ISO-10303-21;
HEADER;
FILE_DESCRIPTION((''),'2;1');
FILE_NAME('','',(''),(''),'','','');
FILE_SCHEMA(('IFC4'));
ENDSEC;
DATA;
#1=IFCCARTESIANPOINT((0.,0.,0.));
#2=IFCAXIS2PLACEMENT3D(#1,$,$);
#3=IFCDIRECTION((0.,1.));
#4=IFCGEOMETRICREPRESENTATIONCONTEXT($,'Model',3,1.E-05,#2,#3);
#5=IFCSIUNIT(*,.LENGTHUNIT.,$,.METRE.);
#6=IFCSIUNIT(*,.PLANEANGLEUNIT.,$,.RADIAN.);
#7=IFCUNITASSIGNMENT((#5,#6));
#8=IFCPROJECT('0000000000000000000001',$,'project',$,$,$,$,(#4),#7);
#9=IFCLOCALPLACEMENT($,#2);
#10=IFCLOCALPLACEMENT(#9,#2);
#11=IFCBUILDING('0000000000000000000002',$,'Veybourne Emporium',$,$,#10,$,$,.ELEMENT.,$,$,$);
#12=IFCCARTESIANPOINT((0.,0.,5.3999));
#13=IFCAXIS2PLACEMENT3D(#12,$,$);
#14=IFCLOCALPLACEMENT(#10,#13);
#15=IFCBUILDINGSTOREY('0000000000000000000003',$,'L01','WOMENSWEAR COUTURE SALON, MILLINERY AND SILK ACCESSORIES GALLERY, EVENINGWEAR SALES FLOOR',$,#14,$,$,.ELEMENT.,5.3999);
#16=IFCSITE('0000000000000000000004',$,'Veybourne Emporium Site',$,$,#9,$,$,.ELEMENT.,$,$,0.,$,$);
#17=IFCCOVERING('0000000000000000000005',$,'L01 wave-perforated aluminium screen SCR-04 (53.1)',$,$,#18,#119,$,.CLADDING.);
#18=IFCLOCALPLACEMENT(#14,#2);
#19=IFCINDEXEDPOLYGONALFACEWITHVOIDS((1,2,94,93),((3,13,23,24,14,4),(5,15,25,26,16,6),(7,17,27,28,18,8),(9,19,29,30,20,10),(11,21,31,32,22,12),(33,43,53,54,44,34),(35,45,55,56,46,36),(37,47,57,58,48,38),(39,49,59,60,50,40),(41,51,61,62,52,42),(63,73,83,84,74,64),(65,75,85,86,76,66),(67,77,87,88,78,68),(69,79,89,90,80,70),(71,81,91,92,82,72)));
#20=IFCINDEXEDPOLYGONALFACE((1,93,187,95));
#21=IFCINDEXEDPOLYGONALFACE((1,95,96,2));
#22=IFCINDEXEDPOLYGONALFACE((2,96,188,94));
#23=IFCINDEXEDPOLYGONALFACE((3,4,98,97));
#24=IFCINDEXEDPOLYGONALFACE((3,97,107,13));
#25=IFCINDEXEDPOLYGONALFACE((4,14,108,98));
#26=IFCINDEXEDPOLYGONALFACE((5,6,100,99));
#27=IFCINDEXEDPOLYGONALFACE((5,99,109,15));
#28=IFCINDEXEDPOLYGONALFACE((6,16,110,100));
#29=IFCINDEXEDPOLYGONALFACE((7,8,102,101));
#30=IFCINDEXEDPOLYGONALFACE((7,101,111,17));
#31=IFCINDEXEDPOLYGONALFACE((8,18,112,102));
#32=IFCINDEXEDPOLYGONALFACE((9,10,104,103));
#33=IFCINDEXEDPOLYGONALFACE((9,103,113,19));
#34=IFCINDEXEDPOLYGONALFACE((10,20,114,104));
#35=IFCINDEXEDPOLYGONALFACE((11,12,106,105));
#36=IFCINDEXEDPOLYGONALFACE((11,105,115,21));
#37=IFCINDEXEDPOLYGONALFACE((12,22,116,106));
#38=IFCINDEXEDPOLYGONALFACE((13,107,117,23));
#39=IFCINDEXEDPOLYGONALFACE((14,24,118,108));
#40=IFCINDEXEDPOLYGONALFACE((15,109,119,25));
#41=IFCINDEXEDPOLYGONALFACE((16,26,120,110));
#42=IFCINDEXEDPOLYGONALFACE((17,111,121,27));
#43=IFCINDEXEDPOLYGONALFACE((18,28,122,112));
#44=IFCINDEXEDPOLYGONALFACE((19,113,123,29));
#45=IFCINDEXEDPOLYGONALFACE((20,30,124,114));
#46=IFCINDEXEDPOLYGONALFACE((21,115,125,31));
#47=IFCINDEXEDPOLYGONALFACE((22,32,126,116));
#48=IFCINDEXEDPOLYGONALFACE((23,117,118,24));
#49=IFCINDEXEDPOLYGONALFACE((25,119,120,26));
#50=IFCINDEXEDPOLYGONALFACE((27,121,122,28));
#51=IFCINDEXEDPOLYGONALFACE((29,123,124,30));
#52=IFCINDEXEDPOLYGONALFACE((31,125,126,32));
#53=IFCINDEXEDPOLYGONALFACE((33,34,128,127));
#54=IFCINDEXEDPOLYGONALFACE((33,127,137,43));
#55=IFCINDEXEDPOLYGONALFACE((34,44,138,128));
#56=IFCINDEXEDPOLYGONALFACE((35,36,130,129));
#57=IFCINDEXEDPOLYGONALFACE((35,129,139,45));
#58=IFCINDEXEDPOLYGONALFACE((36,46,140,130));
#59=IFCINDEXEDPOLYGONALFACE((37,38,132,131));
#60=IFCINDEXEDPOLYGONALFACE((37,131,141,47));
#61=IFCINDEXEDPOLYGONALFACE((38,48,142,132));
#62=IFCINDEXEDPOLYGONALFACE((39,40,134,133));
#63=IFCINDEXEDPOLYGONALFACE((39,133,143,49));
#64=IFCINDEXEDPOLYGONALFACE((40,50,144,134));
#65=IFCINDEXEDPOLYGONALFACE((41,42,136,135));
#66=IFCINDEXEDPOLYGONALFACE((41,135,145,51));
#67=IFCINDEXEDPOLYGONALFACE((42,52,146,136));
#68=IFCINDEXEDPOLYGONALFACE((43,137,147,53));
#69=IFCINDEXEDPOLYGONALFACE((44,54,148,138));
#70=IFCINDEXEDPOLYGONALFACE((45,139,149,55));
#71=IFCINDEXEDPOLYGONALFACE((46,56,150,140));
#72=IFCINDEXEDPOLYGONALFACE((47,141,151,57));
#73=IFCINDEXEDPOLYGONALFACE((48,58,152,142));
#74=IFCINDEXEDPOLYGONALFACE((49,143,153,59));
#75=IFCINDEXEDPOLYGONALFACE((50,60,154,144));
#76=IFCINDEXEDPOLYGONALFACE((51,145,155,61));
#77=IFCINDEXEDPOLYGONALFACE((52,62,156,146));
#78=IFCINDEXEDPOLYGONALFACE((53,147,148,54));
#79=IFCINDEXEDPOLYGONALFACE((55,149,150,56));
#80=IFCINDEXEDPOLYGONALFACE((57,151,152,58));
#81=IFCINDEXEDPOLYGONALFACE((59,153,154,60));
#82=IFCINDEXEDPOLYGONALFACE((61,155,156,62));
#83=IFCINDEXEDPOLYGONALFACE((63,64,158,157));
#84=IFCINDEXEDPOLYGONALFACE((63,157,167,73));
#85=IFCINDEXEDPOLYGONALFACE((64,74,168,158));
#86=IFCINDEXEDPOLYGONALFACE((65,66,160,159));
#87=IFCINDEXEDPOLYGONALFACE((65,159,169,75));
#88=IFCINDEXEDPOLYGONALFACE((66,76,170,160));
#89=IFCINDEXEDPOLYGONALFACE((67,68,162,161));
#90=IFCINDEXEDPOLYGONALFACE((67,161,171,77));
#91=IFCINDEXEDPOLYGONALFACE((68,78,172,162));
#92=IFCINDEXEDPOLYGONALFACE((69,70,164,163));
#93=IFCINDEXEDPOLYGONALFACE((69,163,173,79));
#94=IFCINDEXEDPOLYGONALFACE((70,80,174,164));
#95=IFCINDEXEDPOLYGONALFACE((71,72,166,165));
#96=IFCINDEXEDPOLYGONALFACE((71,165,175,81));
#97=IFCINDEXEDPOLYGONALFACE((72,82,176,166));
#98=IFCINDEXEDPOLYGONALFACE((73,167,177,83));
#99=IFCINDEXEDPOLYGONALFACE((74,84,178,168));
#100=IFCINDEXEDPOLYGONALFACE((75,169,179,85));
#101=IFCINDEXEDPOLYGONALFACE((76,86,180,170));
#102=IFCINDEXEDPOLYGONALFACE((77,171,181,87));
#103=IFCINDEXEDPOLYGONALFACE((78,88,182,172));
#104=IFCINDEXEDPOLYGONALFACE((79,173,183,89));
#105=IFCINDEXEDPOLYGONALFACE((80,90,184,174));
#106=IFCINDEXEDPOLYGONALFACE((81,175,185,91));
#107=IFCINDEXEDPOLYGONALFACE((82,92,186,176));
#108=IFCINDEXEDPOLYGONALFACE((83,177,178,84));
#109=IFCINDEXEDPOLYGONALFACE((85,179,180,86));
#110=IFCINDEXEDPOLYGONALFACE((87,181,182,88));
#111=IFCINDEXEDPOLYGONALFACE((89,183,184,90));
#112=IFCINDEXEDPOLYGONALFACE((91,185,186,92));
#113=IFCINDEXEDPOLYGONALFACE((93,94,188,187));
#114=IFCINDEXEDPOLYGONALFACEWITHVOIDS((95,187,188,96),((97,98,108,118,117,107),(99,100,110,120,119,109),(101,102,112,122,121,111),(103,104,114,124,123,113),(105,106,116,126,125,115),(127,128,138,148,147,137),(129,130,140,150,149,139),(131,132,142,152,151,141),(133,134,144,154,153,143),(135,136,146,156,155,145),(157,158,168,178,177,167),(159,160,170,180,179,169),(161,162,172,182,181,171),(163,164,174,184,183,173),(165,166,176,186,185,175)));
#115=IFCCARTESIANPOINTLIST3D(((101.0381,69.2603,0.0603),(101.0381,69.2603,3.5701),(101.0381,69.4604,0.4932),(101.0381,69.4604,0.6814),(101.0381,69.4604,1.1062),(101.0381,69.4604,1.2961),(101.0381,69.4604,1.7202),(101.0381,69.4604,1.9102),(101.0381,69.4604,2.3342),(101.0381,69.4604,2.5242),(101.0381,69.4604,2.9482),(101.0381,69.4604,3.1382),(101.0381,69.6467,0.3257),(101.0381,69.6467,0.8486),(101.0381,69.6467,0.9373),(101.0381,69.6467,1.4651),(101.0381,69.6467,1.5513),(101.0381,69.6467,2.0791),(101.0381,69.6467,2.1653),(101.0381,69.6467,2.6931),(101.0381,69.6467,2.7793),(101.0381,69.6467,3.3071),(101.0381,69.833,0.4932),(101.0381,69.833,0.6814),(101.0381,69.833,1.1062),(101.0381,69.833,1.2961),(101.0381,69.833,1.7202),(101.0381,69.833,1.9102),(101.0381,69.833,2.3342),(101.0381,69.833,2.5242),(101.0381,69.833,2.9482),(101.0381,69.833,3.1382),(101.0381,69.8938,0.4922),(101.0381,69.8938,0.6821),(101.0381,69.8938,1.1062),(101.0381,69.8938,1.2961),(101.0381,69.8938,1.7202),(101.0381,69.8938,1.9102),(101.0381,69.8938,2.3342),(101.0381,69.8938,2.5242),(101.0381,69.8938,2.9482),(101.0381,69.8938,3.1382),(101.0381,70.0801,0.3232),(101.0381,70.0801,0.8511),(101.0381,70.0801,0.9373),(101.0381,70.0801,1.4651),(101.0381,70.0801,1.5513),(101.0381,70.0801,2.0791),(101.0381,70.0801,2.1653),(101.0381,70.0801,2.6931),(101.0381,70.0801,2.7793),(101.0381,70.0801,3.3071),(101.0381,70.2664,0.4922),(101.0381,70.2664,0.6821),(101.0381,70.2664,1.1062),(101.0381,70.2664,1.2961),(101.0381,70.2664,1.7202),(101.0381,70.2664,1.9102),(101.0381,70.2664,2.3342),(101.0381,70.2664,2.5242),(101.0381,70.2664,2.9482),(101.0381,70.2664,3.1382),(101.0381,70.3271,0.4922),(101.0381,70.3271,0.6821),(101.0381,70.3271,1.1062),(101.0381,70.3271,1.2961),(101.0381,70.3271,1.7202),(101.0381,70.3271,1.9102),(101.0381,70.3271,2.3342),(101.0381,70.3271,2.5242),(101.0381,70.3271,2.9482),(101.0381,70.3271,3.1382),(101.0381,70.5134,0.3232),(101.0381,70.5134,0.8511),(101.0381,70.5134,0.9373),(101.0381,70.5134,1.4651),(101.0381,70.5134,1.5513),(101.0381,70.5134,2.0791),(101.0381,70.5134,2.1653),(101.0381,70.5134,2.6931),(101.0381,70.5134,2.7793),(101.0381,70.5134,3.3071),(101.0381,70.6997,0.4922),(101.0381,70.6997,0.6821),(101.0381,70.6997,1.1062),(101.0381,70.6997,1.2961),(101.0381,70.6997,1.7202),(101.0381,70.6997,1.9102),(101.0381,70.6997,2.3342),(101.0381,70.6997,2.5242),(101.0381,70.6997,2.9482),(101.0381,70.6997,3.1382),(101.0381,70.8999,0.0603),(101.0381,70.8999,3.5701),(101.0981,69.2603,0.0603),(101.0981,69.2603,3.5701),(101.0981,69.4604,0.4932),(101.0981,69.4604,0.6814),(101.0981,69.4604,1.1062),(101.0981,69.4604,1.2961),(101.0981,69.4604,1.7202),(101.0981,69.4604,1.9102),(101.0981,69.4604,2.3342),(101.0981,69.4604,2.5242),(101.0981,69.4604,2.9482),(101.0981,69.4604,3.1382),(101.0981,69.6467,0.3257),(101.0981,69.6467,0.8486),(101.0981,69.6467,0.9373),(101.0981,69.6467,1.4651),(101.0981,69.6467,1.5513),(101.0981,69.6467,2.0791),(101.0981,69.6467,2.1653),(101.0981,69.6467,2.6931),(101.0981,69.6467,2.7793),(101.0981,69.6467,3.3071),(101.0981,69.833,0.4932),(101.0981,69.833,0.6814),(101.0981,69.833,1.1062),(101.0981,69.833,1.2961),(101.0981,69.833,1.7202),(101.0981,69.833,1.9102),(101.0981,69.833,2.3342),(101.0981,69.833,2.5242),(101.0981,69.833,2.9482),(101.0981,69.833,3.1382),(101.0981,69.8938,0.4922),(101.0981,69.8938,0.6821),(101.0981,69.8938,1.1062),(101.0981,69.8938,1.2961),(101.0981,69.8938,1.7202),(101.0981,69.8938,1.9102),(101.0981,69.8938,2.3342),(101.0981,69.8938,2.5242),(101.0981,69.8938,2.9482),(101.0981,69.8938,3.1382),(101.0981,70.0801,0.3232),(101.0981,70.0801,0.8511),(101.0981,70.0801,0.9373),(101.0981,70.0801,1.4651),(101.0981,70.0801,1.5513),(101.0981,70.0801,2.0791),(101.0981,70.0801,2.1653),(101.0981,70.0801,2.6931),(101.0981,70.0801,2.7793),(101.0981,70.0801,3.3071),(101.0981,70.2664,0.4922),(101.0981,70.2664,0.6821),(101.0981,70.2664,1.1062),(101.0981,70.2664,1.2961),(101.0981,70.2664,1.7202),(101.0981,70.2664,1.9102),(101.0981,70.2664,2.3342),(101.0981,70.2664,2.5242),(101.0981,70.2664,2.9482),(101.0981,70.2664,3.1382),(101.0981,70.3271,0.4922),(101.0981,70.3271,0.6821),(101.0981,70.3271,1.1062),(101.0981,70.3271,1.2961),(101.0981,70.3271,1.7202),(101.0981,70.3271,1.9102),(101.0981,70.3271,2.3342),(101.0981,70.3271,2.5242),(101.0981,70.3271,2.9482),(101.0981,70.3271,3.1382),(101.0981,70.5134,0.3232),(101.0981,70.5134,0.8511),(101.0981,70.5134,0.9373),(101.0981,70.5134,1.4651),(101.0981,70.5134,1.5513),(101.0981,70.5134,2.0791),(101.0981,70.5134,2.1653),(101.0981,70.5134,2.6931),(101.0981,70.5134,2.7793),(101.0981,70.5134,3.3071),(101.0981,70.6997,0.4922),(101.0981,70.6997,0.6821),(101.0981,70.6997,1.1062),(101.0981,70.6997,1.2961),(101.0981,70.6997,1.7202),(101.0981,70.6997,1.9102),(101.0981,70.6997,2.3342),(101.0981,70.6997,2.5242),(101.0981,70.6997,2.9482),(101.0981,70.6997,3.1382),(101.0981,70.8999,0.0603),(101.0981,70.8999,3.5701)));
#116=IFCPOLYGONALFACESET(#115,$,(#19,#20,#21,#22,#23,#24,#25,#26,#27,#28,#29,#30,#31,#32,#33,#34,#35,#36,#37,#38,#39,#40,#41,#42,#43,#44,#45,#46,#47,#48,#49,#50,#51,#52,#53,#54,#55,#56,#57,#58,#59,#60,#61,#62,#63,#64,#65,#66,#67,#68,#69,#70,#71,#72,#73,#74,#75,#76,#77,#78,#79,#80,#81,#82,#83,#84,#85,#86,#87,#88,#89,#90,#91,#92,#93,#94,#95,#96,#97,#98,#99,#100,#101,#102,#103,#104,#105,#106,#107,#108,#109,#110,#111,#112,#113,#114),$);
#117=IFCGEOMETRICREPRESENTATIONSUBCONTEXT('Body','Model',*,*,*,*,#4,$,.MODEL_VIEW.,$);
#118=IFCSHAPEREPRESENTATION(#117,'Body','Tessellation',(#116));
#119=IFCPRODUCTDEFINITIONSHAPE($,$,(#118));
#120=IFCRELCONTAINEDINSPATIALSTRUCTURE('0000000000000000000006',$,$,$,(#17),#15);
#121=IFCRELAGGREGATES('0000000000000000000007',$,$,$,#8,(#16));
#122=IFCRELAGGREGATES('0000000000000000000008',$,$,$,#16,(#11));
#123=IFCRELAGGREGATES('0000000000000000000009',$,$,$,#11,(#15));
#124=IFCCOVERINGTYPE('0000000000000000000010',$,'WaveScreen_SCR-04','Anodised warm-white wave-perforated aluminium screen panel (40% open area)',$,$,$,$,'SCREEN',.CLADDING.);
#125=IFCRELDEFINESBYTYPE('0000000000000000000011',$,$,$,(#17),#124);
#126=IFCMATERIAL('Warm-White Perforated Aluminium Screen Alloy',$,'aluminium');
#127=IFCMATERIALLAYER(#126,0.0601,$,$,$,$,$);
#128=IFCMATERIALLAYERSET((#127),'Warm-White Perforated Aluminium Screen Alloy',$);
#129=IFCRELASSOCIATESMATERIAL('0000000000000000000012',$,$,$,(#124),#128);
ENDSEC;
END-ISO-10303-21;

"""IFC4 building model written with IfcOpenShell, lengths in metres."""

from ifc_helpers import new_model, si_unit, direction, frame, origin, place, context, subcontext, project, spatial, polyline, outline, extrude, material, layer, layer_set, type_object, element, save


model = new_model("IFC4")

# Units and contexts
model_context = context("Model", 3, precision=1e-05, world=origin(), true_north=direction((0.0, 1.0)))
body_context = subcontext(model_context, "Body", "Model", "MODEL_VIEW")
ifc_project = project(units=[si_unit("LENGTHUNIT", "METRE"), si_unit("PLANEANGLEUNIT", "RADIAN")], contexts=[model_context])

# Site, building, storey
site_placement = place(None, origin())
site = spatial("IfcSite", under=ifc_project, at=site_placement, Name="Veybourne Emporium Site", CompositionType="ELEMENT", RefElevation=0.0)
building_placement = place(site_placement, origin())
building = spatial("IfcBuilding", under=site, at=building_placement, Name="Veybourne Emporium", CompositionType="ELEMENT")
storey_placement = place(building_placement, frame((0.0, 0.0, 5.3999)))
storey = spatial("IfcBuildingStorey", under=building, at=storey_placement, Name="L01", Description="WOMENSWEAR COUTURE SALON, MILLINERY AND SILK ACCESSORIES GALLERY, EVENINGWEAR SALES FLOOR", CompositionType="ELEMENT", Elevation=5.3999)

# Covering
ifc_material_1 = material(Name="Warm-White Perforated Aluminium Screen Alloy", Category="aluminium")
ifc_layer_1 = layer(ifc_material_1, 0.0601)
ifc_layer_set_1 = layer_set([ifc_layer_1], Name="Warm-White Perforated Aluminium Screen Alloy")
covering_type_1 = type_object("IfcCoveringType", Name="WaveScreen_SCR-04", Description="Anodised warm-white wave-perforated aluminium screen panel (40% open area)", ElementType="SCREEN", PredefinedType="CLADDING", material=ifc_layer_set_1)
covering_1_placement = place(storey_placement, frame((101.0981, 70.0801, 1.8152), z_axis=(-1.0, 0.0, 0.0), x_axis=(0.0, -1.0, 0.0)))
element("IfcCovering", 1, at=covering_1_placement, inside=storey, type_object=covering_type_1, Name="L01 wave-perforated aluminium screen SCR-04 (53.1)", PredefinedType="CLADDING", context=body_context, shape_type="SweptSolid", body=[
    extrude(outline(polyline([(-0.8198, -1.7549), (0.8198, -1.7549), (0.8198, 1.7549), (-0.8198, 1.7549), (-0.8198, -1.7549)]), holes=[polyline([(-0.4333, -0.9641), (-0.2471, -1.1331), (-0.2471, -1.323), (-0.4333, -1.4919), (-0.6196, -1.323), (-0.6196, -1.1331), (-0.4333, -0.9641)]), polyline([(-0.4333, -0.3501), (-0.2471, -0.519), (-0.2471, -0.709), (-0.4333, -0.8779), (-0.6196, -0.709), (-0.6196, -0.519), (-0.4333, -0.3501)]), polyline([(-0.4333, 0.2639), (-0.2471, 0.095), (-0.2471, -0.095), (-0.4333, -0.2639), (-0.6196, -0.095), (-0.6196, 0.095), (-0.4333, 0.2639)]), polyline([(-0.4333, 0.8779), (-0.2471, 0.709), (-0.2471, 0.519), (-0.4333, 0.3501), (-0.6196, 0.519), (-0.6196, 0.709), (-0.4333, 0.8779)]), polyline([(-0.4333, 1.4919), (-0.2471, 1.323), (-0.2471, 1.1331), (-0.4333, 0.9641), (-0.6196, 1.1331), (-0.6196, 1.323), (-0.4333, 1.4919)]), polyline([(0.0, -0.9641), (0.1863, -1.1331), (0.1863, -1.323), (0.0, -1.4919), (-0.1863, -1.323), (-0.1863, -1.1331), (0.0, -0.9641)]), polyline([(0.0, -0.3501), (0.1863, -0.519), (0.1863, -0.709), (0.0, -0.8779), (-0.1863, -0.709), (-0.1863, -0.519), (0.0, -0.3501)]), polyline([(0.0, 0.2639), (0.1863, 0.095), (0.1863, -0.095), (0.0, -0.2639), (-0.1863, -0.095), (-0.1863, 0.095), (0.0, 0.2639)]), polyline([(0.0, 0.8779), (0.1863, 0.709), (0.1863, 0.519), (0.0, 0.3501), (-0.1863, 0.519), (-0.1863, 0.709), (0.0, 0.8779)]), polyline([(0.0, 1.4919), (0.1863, 1.323), (0.1863, 1.1331), (0.0, 0.9641), (-0.1863, 1.1331), (-0.1863, 1.323), (0.0, 1.4919)]), polyline([(0.4333, -0.9666), (0.6196, -1.1338), (0.6196, -1.322), (0.4333, -1.4895), (0.2471, -1.322), (0.2471, -1.1338), (0.4333, -0.9666)]), polyline([(0.4333, -0.3501), (0.6196, -0.519), (0.6196, -0.709), (0.4333, -0.8779), (0.2471, -0.709), (0.2471, -0.519), (0.4333, -0.3501)]), polyline([(0.4333, 0.2639), (0.6196, 0.095), (0.6196, -0.095), (0.4333, -0.2639), (0.2471, -0.095), (0.2471, 0.095), (0.4333, 0.2639)]), polyline([(0.4333, 0.8779), (0.6196, 0.709), (0.6196, 0.519), (0.4333, 0.3501), (0.2471, 0.519), (0.2471, 0.709), (0.4333, 0.8779)]), polyline([(0.4333, 1.4919), (0.6196, 1.323), (0.6196, 1.1331), (0.4333, 0.9641), (0.2471, 1.1331), (0.2471, 1.323), (0.4333, 1.4919)])]), origin(), (0.0, 0.0, 1.0), 0.0601),
])

save(model, "model.ifc")
